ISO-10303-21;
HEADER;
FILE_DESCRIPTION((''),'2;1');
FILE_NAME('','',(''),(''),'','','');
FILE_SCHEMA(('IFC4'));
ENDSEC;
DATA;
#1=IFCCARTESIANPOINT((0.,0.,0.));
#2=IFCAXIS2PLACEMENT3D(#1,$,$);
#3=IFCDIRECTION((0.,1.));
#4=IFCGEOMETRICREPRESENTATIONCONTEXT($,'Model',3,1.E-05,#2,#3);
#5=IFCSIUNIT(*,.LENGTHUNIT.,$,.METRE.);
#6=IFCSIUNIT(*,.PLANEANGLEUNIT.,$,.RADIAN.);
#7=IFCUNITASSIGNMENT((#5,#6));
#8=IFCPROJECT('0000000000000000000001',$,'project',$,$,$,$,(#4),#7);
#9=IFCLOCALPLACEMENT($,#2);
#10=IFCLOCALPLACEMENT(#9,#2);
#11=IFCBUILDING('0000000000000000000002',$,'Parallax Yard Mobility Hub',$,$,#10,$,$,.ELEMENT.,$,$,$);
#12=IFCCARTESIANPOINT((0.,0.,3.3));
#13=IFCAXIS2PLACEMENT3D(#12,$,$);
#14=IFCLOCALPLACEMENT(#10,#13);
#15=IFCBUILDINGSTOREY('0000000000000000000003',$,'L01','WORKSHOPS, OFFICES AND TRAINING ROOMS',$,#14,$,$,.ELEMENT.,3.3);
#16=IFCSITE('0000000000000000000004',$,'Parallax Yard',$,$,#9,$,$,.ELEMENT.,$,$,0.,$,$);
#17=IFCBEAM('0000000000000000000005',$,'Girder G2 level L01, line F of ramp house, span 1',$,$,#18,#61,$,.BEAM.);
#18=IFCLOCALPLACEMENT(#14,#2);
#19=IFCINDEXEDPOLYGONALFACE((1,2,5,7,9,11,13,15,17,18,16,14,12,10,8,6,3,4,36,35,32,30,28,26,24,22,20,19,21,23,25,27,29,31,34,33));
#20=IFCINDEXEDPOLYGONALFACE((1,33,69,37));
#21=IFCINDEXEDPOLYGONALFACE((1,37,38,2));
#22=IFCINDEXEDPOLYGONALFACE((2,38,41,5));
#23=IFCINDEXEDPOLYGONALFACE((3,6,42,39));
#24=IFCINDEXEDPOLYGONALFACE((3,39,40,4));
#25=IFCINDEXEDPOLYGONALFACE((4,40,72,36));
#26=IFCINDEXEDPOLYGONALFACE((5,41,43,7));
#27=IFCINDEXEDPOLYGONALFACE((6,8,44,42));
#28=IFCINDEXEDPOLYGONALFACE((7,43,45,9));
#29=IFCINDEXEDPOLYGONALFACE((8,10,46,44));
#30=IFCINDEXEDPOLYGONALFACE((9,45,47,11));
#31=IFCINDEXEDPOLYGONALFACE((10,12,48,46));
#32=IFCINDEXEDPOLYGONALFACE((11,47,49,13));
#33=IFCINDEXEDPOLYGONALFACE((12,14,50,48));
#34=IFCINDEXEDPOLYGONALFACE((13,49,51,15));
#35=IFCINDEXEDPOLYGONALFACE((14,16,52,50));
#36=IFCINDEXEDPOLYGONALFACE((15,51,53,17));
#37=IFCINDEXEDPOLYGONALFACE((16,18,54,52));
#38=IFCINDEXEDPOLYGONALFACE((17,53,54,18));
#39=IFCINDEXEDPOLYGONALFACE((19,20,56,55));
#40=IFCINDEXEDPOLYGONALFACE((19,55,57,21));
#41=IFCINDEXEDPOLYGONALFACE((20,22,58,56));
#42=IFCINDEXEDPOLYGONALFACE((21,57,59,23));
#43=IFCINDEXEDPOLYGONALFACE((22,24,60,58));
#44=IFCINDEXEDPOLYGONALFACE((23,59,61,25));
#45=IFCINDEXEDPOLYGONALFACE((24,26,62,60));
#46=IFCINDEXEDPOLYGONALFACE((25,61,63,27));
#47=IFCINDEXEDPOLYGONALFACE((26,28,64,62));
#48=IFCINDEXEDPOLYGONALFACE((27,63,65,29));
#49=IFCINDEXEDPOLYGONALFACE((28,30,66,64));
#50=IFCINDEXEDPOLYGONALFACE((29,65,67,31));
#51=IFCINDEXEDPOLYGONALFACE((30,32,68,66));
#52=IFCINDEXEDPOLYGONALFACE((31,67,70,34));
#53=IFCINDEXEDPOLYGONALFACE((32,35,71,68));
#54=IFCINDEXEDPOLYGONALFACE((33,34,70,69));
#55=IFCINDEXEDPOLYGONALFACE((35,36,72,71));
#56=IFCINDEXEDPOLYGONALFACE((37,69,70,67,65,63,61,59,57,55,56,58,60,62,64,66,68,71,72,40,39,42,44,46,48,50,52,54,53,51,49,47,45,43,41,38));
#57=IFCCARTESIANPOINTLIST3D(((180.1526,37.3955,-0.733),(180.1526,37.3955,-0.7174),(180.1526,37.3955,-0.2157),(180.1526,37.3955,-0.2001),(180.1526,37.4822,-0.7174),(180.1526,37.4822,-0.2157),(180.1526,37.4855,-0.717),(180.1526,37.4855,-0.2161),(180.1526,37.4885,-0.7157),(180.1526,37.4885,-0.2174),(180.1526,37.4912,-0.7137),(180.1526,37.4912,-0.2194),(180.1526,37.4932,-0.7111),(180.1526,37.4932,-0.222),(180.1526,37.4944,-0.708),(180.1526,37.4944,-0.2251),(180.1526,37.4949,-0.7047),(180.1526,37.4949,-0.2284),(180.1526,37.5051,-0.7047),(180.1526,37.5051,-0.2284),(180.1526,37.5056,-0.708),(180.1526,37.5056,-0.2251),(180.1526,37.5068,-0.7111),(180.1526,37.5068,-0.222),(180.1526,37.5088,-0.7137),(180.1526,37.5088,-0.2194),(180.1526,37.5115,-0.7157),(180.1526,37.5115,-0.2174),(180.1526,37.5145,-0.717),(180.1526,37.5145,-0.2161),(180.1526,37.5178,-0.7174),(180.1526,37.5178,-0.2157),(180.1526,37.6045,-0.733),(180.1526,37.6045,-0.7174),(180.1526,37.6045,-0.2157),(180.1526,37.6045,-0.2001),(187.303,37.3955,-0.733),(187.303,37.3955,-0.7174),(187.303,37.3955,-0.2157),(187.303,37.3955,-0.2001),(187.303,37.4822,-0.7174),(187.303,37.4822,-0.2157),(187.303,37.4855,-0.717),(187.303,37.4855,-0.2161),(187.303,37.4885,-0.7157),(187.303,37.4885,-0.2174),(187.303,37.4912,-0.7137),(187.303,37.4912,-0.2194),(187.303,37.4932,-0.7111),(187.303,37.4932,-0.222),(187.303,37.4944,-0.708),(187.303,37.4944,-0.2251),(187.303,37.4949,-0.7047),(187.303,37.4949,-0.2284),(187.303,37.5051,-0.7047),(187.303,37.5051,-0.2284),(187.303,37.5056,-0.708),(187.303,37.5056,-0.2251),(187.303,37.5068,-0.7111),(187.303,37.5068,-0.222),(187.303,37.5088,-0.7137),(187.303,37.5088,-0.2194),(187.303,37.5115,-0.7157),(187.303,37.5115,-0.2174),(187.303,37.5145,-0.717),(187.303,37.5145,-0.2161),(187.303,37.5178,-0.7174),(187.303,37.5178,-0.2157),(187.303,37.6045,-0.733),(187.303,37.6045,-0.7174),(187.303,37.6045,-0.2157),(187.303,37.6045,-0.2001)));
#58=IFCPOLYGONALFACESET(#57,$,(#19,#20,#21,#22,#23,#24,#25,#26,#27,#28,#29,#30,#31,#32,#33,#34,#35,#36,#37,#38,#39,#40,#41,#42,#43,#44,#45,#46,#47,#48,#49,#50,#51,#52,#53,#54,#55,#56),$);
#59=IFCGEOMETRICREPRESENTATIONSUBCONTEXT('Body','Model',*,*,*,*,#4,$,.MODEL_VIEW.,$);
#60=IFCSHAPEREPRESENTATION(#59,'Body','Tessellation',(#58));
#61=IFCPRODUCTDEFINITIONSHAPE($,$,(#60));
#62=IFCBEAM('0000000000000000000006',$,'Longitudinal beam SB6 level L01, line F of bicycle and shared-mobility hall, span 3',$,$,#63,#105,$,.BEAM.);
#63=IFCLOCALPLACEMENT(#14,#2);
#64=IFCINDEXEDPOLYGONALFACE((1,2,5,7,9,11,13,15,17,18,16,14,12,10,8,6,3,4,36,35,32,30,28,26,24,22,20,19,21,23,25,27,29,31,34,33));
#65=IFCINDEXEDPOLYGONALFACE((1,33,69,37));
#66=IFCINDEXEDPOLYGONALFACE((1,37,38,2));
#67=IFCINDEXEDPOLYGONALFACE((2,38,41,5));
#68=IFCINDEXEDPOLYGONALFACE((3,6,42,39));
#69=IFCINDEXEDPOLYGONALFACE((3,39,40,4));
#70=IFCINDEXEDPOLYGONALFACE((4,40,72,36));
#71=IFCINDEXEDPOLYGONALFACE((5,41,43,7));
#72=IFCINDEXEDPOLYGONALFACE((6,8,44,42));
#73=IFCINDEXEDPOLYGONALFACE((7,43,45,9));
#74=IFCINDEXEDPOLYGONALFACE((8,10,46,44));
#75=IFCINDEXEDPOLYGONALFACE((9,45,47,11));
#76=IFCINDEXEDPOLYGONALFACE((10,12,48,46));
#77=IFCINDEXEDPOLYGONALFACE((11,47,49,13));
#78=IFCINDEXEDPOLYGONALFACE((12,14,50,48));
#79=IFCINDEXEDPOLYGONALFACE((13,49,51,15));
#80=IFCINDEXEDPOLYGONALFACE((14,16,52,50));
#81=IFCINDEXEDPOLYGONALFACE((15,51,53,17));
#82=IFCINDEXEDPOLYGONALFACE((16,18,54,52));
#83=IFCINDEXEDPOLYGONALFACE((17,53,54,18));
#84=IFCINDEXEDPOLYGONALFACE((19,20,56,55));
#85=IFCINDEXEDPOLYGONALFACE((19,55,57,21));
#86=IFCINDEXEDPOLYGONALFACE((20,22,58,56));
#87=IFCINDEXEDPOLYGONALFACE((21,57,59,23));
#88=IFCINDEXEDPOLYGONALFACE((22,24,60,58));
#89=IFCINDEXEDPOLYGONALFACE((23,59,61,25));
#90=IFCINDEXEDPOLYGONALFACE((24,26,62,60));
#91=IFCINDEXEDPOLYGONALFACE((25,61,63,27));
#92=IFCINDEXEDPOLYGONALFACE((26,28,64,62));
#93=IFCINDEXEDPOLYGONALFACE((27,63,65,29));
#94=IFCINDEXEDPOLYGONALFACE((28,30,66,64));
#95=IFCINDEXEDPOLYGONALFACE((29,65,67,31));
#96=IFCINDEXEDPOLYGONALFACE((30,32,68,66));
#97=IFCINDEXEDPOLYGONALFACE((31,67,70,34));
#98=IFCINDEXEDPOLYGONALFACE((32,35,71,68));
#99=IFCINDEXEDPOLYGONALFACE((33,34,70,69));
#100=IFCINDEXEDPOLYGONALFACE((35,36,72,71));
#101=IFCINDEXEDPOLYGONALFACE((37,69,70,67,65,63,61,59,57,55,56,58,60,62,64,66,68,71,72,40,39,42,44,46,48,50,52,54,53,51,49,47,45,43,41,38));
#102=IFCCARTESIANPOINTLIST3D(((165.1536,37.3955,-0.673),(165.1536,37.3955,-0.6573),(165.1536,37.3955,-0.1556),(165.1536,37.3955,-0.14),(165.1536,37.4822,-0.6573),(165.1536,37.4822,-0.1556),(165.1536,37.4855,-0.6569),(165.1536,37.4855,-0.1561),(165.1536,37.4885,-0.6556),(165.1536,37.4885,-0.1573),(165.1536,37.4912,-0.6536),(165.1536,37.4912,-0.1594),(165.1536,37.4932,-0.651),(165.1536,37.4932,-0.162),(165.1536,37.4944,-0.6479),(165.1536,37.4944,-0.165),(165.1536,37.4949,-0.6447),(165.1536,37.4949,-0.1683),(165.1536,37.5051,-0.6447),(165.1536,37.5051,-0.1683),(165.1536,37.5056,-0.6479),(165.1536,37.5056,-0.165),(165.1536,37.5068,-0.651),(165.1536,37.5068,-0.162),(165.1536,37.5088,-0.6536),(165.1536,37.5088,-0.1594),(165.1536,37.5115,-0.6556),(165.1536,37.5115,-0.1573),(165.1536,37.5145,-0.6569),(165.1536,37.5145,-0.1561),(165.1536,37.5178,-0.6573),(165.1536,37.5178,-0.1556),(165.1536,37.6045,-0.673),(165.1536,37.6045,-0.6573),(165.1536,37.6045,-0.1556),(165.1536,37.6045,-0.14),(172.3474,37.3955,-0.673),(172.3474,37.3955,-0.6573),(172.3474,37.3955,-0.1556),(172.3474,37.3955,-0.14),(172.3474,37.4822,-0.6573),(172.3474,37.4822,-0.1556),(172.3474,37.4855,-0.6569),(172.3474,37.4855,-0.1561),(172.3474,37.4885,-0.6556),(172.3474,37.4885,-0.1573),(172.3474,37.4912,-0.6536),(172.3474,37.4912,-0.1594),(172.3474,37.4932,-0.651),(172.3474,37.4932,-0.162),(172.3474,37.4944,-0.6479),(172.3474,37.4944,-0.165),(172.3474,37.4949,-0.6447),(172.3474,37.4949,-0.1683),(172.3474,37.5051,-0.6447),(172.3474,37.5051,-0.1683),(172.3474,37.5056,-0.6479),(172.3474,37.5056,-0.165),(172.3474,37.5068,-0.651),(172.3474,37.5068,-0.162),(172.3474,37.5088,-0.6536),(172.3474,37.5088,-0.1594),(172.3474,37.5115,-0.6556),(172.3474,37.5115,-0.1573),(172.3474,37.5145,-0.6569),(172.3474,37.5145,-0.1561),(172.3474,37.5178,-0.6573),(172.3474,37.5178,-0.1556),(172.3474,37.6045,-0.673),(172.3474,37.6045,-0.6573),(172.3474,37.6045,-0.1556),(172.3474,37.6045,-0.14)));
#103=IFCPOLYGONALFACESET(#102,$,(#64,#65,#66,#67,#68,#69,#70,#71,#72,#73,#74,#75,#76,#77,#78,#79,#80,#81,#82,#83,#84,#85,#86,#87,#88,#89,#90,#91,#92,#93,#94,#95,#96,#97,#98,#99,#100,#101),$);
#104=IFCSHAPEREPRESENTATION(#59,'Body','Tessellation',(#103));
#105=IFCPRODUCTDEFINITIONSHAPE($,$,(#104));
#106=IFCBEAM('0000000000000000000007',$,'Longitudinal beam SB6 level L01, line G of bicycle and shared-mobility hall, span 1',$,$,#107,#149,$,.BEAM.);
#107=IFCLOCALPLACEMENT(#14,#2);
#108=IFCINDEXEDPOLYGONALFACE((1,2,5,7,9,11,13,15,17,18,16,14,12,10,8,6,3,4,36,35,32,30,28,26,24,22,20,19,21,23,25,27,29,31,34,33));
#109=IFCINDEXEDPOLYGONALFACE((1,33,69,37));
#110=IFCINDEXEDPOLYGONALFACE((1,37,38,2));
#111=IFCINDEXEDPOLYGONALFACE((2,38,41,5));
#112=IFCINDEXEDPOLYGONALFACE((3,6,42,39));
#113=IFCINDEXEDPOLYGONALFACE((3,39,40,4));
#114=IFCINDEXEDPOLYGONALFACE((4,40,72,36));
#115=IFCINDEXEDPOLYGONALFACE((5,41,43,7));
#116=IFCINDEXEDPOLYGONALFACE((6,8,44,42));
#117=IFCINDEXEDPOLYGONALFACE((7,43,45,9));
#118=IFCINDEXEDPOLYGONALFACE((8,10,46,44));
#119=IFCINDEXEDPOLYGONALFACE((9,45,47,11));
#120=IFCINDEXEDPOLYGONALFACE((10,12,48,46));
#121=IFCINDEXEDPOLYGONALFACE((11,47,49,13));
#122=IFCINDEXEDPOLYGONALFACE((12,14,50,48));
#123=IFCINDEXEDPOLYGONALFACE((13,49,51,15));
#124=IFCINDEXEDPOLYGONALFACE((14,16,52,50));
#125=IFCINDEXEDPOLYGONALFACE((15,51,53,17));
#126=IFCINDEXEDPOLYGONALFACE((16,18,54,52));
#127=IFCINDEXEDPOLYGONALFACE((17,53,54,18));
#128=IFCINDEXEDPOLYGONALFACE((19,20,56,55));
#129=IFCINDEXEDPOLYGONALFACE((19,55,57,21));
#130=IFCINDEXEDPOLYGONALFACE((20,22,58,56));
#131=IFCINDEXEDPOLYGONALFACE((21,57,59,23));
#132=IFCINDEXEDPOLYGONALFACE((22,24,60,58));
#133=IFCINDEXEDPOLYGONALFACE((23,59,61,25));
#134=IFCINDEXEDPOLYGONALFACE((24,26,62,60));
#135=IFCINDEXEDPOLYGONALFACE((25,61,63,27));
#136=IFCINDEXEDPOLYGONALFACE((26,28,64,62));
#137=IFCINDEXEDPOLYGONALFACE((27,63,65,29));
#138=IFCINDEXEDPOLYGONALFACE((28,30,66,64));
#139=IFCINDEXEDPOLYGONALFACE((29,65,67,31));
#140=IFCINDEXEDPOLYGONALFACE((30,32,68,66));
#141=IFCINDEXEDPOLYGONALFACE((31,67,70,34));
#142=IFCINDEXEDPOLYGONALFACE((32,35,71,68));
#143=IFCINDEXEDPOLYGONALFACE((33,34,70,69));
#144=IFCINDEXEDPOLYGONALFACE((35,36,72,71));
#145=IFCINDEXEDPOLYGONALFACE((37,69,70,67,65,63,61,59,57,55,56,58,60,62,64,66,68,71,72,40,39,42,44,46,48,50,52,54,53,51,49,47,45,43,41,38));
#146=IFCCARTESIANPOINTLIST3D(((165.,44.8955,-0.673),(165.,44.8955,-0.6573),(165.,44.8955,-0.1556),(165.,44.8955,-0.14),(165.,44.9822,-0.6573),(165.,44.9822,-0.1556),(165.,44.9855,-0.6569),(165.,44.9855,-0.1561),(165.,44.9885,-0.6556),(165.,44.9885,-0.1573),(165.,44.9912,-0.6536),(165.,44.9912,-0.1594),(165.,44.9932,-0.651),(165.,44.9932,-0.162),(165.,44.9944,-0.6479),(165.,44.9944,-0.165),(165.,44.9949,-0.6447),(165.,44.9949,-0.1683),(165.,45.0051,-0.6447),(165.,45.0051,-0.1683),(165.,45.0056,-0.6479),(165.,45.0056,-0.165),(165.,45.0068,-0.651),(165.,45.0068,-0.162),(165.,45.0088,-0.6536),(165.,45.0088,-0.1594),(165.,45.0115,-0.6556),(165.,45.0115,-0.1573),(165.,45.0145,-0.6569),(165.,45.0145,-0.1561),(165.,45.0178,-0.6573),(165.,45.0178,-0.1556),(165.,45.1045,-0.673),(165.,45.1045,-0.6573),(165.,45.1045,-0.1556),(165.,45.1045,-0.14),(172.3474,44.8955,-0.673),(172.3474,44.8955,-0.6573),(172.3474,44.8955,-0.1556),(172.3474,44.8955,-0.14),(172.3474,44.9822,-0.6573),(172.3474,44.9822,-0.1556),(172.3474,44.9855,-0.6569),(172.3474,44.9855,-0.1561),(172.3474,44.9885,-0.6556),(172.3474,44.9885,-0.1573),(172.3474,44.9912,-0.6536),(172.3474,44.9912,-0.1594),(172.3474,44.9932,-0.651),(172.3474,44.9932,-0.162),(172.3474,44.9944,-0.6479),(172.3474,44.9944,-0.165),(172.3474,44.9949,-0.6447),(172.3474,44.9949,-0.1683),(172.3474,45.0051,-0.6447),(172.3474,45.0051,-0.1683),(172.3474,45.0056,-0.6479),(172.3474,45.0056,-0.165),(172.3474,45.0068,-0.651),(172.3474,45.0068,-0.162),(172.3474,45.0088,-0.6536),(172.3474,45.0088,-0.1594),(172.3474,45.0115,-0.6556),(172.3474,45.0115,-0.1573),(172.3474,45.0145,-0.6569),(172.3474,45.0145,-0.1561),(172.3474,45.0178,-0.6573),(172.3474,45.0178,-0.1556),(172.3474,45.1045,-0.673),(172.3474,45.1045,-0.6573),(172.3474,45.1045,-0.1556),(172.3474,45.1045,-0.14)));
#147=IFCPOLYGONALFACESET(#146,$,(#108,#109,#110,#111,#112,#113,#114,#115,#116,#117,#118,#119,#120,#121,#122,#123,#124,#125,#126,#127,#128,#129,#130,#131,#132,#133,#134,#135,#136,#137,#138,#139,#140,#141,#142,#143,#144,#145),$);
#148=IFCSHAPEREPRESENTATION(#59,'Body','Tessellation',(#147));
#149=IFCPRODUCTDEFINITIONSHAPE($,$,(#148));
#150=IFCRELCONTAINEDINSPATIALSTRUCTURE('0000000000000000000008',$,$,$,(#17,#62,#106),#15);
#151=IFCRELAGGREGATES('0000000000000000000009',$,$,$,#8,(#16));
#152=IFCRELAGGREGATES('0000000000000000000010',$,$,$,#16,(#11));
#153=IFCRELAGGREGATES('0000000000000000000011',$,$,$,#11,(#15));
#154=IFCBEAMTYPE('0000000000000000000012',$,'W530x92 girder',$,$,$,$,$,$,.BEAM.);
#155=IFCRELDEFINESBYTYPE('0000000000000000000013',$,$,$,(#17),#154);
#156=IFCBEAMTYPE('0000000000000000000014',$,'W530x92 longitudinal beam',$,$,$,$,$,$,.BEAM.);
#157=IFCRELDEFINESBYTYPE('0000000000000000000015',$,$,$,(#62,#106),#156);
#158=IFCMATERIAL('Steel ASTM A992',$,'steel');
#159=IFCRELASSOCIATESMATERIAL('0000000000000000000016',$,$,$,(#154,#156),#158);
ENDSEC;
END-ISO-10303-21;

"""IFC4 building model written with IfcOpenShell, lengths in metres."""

from ifc_helpers import new_model, si_unit, direction, frame, origin, origin_2d, place, context, subcontext, project, spatial, i_section, extrude, material, material_profile, profile_set, type_object, element, save


model = new_model("IFC4")

# Units and contexts
model_context = context("Model", 3, precision=1e-05, world=origin(), true_north=direction((0.0, 1.0)))
body_context = subcontext(model_context, "Body", "Model", "MODEL_VIEW")
ifc_project = project(units=[si_unit("LENGTHUNIT", "METRE"), si_unit("PLANEANGLEUNIT", "RADIAN")], contexts=[model_context])

# Site, building, storey
site_placement = place(None, origin())
site = spatial("IfcSite", under=ifc_project, at=site_placement, Name="Parallax Yard", CompositionType="ELEMENT", RefElevation=0.0)
building_placement = place(site_placement, origin())
building = spatial("IfcBuilding", under=site, at=building_placement, Name="Parallax Yard Mobility Hub", CompositionType="ELEMENT")
storey_placement = place(building_placement, frame((0.0, 0.0, 3.3)))
storey = spatial("IfcBuildingStorey", under=building, at=storey_placement, Name="L01", Description="WORKSHOPS, OFFICES AND TRAINING ROOMS", CompositionType="ELEMENT", Elevation=3.3)

# Shared definitions
ifc_material_1 = material(Name="Steel ASTM A992", Category="steel")

# Beams
ifc_material_profile_1 = material_profile(ifc_material_1, i_section(OverallWidth=0.209, OverallDepth=0.533, WebThickness=0.0103, FlangeThickness=0.0156, FilletRadius=0.0127, at=origin_2d()), Name="W530x92")
ifc_profile_set_1 = profile_set([ifc_material_profile_1], Name="Steel ASTM A992")
beam_type_1 = type_object("IfcBeamType", Name="W530x92 girder", PredefinedType="BEAM", material=ifc_profile_set_1)
beam_1_placement = place(storey_placement, frame((180.1526, 37.5, -0.4666), z_axis=(1.0, 0.0, 0.0), x_axis=(0.0, 1.0, 0.0)))
element("IfcBeam", 1, at=beam_1_placement, inside=storey, type_object=beam_type_1, Name="Girder G2 level L01, line F of ramp house, span 1", PredefinedType="BEAM", context=body_context, shape_type="SweptSolid", body=[
    extrude(i_section(OverallWidth=0.209, OverallDepth=0.533, WebThickness=0.0103, FlangeThickness=0.0156, FilletRadius=0.0127, at=origin_2d()), origin(), (0.0, 0.0, 1.0), 7.1504),
])
ifc_material_profile_2 = material_profile(ifc_material_1, i_section(OverallWidth=0.209, OverallDepth=0.533, WebThickness=0.0103, FlangeThickness=0.0156, FilletRadius=0.0127, at=origin_2d()), Name="W530x92")
ifc_profile_set_2 = profile_set([ifc_material_profile_2], Name="Steel ASTM A992")
beam_type_2 = type_object("IfcBeamType", Name="W530x92 longitudinal beam", PredefinedType="BEAM", material=ifc_profile_set_2)
beam_2_placement = place(storey_placement, frame((165.1536, 37.5, -0.4065), z_axis=(1.0, 0.0, 0.0), x_axis=(0.0, 1.0, 0.0)))
element("IfcBeam", 2, at=beam_2_placement, inside=storey, type_object=beam_type_2, Name="Longitudinal beam SB6 level L01, line F of bicycle and shared-mobility hall, span 3", PredefinedType="BEAM", context=body_context, shape_type="SweptSolid", body=[
    extrude(i_section(OverallWidth=0.209, OverallDepth=0.533, WebThickness=0.0103, FlangeThickness=0.0156, FilletRadius=0.0127, at=origin_2d()), origin(), (0.0, 0.0, 1.0), 7.1938),
])
beam_3_placement = place(storey_placement, frame((165.0, 45.0, -0.4065), z_axis=(1.0, 0.0, 0.0), x_axis=(0.0, 1.0, 0.0)))
element("IfcBeam", 3, at=beam_3_placement, inside=storey, type_object=beam_type_2, Name="Longitudinal beam SB6 level L01, line G of bicycle and shared-mobility hall, span 1", PredefinedType="BEAM", context=body_context, shape_type="SweptSolid", body=[
    extrude(i_section(OverallWidth=0.209, OverallDepth=0.533, WebThickness=0.0103, FlangeThickness=0.0156, FilletRadius=0.0127, at=origin_2d()), origin(), (0.0, 0.0, 1.0), 7.3474),
])

save(model, "model.ifc")
